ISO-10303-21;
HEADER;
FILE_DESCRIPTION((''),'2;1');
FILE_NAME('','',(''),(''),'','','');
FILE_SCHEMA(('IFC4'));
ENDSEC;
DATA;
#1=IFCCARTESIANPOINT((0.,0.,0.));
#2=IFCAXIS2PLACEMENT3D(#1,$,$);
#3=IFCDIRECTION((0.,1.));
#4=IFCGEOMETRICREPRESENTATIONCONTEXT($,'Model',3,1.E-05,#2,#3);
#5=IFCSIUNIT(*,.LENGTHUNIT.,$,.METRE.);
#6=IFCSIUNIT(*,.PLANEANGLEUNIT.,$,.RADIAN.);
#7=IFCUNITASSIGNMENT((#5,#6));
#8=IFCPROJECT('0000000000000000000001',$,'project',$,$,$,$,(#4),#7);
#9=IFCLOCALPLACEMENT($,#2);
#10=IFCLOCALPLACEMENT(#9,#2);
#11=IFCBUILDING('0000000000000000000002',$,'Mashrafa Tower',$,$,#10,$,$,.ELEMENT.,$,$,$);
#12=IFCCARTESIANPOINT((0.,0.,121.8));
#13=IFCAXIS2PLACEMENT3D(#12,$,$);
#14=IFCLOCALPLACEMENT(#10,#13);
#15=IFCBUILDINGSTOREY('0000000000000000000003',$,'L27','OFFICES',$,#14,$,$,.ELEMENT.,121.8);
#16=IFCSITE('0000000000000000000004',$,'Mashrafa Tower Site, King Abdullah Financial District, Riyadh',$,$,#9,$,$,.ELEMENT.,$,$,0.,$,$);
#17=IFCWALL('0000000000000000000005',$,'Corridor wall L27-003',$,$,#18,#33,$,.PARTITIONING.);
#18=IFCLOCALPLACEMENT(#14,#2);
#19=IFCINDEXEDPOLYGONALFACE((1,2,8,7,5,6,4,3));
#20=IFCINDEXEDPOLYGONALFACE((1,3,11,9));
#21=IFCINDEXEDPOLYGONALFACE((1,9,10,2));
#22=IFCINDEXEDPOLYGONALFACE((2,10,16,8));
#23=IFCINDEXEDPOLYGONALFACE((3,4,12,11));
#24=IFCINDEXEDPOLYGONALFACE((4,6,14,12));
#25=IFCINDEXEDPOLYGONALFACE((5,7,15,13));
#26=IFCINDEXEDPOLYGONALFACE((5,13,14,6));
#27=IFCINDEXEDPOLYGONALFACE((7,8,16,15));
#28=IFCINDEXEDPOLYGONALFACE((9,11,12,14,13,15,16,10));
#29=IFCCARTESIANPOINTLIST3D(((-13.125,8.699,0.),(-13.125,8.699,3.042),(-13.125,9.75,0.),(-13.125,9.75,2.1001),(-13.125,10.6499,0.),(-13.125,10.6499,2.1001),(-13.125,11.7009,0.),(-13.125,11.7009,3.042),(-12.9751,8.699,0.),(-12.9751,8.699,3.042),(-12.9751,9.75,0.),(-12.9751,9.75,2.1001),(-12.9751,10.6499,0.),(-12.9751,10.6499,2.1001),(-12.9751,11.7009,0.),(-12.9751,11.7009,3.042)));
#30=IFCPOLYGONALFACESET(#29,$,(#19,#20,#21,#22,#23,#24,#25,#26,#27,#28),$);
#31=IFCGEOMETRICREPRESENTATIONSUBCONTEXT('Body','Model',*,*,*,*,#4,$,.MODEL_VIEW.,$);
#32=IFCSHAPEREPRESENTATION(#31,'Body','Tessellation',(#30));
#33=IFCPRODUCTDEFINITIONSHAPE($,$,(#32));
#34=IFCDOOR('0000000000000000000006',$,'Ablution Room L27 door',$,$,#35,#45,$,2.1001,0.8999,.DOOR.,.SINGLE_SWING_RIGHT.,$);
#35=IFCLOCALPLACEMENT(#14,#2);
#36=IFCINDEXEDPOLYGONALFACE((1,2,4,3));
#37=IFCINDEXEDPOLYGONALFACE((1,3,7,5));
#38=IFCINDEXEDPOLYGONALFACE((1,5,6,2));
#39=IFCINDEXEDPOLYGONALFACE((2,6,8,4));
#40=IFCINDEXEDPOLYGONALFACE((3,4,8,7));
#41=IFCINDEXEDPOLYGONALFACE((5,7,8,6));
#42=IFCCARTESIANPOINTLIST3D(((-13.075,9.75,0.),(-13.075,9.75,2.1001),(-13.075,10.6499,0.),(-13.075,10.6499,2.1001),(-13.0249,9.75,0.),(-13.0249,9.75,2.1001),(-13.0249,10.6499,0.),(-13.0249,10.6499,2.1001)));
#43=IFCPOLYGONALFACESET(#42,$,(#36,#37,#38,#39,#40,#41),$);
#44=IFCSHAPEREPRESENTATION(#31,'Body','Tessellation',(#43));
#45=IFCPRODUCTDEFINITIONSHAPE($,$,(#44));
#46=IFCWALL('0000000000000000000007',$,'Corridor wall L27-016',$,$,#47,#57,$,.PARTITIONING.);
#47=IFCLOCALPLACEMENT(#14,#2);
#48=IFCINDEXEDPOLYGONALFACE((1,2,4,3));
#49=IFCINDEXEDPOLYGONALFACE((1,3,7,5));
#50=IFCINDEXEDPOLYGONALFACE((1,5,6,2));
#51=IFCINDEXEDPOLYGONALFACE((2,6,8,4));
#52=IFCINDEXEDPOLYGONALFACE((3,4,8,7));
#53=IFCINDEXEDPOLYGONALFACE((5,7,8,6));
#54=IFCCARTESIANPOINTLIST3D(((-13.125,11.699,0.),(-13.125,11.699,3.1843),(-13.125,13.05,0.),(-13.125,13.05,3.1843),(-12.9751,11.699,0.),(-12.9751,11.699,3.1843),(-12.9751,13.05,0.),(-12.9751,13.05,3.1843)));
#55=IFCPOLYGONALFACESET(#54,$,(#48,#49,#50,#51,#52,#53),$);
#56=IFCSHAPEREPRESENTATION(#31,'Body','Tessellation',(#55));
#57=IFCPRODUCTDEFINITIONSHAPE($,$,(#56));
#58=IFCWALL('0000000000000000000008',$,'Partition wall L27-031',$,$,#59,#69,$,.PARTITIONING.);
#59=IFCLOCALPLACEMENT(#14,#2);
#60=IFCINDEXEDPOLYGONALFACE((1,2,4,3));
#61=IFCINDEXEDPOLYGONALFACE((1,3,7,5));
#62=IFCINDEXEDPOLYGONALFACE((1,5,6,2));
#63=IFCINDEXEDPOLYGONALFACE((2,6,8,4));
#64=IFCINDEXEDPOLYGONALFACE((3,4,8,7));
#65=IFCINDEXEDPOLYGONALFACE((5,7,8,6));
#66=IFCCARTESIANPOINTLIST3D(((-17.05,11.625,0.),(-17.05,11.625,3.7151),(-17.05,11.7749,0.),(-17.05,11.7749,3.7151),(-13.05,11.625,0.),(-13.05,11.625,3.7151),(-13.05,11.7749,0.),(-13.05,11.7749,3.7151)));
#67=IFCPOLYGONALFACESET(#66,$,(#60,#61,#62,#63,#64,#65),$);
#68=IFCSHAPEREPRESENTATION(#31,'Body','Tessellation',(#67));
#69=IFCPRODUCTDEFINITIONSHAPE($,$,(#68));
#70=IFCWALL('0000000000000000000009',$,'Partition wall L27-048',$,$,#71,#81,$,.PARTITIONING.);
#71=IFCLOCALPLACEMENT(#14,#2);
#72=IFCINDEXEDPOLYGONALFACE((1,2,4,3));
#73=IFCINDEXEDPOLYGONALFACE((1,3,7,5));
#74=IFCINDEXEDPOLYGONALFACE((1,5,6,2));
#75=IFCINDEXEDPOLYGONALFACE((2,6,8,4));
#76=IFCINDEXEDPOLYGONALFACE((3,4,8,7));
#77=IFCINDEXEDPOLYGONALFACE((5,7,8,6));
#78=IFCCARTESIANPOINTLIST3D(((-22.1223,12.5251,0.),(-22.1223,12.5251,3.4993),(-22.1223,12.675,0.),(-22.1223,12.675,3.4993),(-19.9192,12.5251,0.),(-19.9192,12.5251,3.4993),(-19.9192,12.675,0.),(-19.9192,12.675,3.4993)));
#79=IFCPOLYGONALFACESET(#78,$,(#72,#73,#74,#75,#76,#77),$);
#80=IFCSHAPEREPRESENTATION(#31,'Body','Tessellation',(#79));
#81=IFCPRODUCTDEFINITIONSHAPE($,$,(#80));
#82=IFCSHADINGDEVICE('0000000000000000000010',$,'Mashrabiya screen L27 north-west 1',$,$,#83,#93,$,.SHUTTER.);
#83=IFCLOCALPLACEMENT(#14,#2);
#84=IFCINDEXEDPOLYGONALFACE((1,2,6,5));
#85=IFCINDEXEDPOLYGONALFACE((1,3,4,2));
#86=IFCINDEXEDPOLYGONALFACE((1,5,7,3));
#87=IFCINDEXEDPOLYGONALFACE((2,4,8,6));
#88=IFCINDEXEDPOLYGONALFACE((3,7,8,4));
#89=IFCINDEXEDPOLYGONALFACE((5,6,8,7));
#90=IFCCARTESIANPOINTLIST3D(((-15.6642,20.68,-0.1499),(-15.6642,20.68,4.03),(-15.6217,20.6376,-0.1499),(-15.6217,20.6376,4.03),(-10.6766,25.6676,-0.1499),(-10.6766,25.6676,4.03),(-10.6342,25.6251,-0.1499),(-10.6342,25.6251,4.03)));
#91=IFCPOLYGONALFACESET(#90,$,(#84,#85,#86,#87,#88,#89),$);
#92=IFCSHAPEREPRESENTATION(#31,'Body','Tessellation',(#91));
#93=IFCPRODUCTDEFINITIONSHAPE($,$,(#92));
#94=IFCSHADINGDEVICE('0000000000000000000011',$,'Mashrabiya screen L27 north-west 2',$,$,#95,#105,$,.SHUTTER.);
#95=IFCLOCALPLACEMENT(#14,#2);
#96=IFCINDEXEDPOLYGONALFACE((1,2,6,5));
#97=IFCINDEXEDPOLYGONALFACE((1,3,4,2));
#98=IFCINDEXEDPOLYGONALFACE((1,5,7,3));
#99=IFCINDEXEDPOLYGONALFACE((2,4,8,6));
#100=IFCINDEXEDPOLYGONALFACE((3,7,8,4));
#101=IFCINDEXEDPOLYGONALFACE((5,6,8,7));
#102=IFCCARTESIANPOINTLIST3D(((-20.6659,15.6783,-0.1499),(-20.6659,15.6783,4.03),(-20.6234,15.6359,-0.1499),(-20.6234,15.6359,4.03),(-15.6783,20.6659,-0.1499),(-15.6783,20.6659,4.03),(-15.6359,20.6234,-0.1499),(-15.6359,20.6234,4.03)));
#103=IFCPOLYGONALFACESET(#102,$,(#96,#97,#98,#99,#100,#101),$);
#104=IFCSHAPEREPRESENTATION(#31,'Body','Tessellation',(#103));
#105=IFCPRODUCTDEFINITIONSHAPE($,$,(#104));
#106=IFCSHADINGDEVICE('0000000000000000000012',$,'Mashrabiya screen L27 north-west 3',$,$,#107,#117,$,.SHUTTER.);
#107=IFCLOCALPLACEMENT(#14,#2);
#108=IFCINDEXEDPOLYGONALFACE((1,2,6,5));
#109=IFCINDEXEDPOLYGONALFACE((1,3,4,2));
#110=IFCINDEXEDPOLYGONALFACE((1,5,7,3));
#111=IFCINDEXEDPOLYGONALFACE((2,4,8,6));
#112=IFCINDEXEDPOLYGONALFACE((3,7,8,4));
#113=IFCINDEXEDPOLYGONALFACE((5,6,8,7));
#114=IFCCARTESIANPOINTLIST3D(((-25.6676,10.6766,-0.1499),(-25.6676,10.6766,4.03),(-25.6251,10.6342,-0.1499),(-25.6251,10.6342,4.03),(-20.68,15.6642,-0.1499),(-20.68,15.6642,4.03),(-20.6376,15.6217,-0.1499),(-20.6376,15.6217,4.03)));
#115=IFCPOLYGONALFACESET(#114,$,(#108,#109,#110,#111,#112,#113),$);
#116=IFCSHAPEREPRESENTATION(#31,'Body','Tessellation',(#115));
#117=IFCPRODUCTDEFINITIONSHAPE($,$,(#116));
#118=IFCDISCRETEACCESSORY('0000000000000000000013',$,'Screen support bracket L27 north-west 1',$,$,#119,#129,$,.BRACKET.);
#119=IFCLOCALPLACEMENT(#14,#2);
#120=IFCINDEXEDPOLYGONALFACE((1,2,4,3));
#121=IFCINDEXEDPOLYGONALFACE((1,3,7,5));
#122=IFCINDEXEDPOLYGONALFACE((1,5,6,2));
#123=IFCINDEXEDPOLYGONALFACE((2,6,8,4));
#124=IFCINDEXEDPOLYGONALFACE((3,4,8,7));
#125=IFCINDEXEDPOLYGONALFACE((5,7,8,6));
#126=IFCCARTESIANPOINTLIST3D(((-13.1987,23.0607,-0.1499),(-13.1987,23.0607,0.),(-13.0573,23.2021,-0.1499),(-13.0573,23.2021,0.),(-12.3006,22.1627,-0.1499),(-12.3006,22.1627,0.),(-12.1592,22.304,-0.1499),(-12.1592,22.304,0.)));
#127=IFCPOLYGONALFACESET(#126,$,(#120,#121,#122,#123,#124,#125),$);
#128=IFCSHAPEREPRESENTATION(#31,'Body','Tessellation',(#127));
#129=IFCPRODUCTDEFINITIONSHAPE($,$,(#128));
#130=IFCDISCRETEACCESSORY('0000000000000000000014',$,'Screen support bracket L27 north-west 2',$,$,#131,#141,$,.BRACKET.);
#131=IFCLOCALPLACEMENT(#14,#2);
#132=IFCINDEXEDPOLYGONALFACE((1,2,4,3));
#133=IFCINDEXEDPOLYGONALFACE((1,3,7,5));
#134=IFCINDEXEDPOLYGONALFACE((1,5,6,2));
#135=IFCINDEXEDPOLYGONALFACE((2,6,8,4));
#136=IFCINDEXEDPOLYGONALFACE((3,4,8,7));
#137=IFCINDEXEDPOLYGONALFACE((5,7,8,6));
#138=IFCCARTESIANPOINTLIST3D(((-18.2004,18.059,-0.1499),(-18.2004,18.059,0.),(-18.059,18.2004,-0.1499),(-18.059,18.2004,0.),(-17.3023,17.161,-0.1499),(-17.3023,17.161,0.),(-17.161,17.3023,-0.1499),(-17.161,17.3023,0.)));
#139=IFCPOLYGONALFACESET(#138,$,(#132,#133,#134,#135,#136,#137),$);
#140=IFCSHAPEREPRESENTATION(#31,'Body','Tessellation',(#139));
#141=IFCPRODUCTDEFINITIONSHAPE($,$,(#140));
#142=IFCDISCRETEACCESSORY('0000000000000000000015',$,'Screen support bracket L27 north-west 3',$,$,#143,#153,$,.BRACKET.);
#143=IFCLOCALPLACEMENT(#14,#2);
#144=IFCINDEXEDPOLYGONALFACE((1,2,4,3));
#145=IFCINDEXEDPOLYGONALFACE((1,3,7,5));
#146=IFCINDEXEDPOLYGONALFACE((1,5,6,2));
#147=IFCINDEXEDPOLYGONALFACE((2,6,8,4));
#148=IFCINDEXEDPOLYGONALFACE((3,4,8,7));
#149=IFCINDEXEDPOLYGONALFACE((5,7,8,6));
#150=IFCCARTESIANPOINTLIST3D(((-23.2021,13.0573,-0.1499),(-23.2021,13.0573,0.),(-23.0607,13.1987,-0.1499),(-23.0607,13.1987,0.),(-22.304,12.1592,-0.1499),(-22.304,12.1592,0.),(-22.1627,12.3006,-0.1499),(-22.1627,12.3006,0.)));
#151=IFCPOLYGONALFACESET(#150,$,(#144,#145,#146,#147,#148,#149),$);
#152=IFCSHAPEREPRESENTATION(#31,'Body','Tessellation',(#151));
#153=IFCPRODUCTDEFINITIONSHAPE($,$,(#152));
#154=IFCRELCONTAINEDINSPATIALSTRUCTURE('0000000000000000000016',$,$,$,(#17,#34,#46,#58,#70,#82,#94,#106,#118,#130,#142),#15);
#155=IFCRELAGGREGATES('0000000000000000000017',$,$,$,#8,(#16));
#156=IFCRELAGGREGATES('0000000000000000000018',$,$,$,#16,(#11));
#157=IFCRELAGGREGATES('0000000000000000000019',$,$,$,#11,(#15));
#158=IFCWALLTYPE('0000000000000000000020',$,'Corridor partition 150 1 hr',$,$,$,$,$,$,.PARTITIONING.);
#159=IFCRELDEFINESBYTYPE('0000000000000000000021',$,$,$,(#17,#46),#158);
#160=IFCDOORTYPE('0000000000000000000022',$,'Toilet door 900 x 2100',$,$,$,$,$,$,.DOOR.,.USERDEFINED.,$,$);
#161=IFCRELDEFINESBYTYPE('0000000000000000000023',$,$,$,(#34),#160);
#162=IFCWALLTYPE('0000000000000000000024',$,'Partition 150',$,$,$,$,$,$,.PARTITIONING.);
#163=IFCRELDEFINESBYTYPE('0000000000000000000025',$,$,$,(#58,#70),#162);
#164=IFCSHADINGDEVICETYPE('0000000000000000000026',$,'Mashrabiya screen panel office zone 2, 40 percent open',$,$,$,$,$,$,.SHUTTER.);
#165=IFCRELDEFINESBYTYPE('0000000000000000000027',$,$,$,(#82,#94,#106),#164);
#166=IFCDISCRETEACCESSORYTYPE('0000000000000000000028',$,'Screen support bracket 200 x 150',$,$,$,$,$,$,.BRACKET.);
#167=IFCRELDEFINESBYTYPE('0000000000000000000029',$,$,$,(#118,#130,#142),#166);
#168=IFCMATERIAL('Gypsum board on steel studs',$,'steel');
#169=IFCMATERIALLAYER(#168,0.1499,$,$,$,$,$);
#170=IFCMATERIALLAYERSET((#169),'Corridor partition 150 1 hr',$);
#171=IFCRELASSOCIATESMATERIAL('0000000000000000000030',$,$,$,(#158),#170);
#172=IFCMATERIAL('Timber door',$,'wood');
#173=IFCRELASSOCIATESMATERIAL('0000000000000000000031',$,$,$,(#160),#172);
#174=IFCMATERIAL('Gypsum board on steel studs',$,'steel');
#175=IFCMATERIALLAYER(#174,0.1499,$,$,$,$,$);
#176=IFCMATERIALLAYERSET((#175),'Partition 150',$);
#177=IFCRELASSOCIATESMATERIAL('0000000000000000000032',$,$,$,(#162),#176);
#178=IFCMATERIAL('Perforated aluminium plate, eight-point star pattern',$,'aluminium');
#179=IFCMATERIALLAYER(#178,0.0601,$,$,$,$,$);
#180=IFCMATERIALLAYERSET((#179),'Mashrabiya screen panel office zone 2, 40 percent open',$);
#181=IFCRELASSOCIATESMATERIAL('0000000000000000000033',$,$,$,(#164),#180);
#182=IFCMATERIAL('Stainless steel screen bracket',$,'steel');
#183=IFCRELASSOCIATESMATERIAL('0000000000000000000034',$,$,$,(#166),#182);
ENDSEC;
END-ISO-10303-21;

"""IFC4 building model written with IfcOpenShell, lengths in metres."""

from ifc_helpers import new_model, si_unit, direction, frame, frame_2d, origin, origin_2d, place, context, subcontext, project, spatial, rectangle, extrude, source, transform, mapped, material, layer, layer_set, type_object, type_shapes, element, fill, save


model = new_model("IFC4")

# Units and contexts
model_context = context("Model", 3, precision=1e-05, world=origin(), true_north=direction((0.0, 1.0)))
body_context = subcontext(model_context, "Body", "Model", "MODEL_VIEW")
ifc_project = project(units=[si_unit("LENGTHUNIT", "METRE"), si_unit("PLANEANGLEUNIT", "RADIAN")], contexts=[model_context])

# Site, building, storey
site_placement = place(None, origin())
site = spatial("IfcSite", under=ifc_project, at=site_placement, Name="Mashrafa Tower Site, King Abdullah Financial District, Riyadh", CompositionType="ELEMENT", RefElevation=0.0)
building_placement = place(site_placement, origin())
building = spatial("IfcBuilding", under=site, at=building_placement, Name="Mashrafa Tower", CompositionType="ELEMENT")
storey_placement = place(building_placement, frame((0.0, 0.0, 121.8)))
storey = spatial("IfcBuildingStorey", under=building, at=storey_placement, Name="L27", Description="OFFICES", CompositionType="ELEMENT", Elevation=121.8)

# Wall, opening, door
ifc_material_1 = material(Name="Gypsum board on steel studs", Category="steel")
ifc_layer_1 = layer(ifc_material_1, 0.1499)
ifc_layer_set_1 = layer_set([ifc_layer_1], Name="Corridor partition 150 1 hr")
wall_type_1 = type_object("IfcWallType", Name="Corridor partition 150 1 hr", PredefinedType="PARTITIONING", material=ifc_layer_set_1)
wall_1_placement = place(storey_placement, frame((-13.05, 11.7009, 0.0), z_axis=(0.0, 0.0, 1.0), x_axis=(0.0, -1.0, 0.0)))
wall_1 = element("IfcWall", 1, at=wall_1_placement, inside=storey, type_object=wall_type_1, Name="Corridor wall L27-003", PredefinedType="PARTITIONING", context=body_context, shape_type="SweptSolid", body=[
    extrude(rectangle(XDim=3.002, YDim=0.1499, at=frame_2d((1.501, 0.0))), origin(), (0.0, 0.0, 1.0), 3.042),
])
opening_placement = place(wall_1_placement, frame((1.051, 0.0, 0.0)))
opening = element("IfcOpeningElement", 2, at=opening_placement, cuts=wall_1, PredefinedType="OPENING", context=body_context, shape_type="SweptSolid", body=[
    extrude(rectangle(XDim=0.8999, YDim=2.1001, at=frame_2d((0.45, 1.05))), frame((0.0, 0.085, 0.0), z_axis=(0.0, -1.0, 0.0), x_axis=(1.0, 0.0, 0.0)), (0.0, 0.0, 1.0), 0.1699),
])
ifc_material_2 = material(Name="Timber door", Category="wood")
door_type = type_object("IfcDoorType", Name="Toilet door 900 x 2100", OperationType="USERDEFINED", PredefinedType="DOOR", material=ifc_material_2)
door_placement = place(opening_placement, frame((0.8999, 0.0, 0.0), z_axis=(0.0, 0.0, 1.0), x_axis=(-1.0, 0.0, 0.0)))
door = element("IfcDoor", 3, at=door_placement, inside=storey, type_object=door_type, Name="Ablution Room L27 door", OperationType="SINGLE_SWING_RIGHT", OverallHeight=2.1001, OverallWidth=0.8999, PredefinedType="DOOR", context=body_context, shape_type="SweptSolid", body=[
    extrude(rectangle(XDim=0.8999, YDim=2.1001, at=frame_2d((0.45, 1.05))), frame((0.0, 0.0249, 0.0), z_axis=(0.0, -1.0, 0.0), x_axis=(1.0, 0.0, 0.0)), (0.0, 0.0, 1.0), 0.05),
])
fill(opening, door)

# Walls
wall_2_placement = place(storey_placement, frame((-13.05, 13.05, 0.0), z_axis=(0.0, 0.0, 1.0), x_axis=(0.0, -1.0, 0.0)))
element("IfcWall", 4, at=wall_2_placement, inside=storey, type_object=wall_type_1, Name="Corridor wall L27-016", PredefinedType="PARTITIONING", context=body_context, shape_type="SweptSolid", body=[
    extrude(rectangle(XDim=1.3511, YDim=0.1499, at=frame_2d((0.6755, 0.0))), origin(), (0.0, 0.0, 1.0), 3.1843),
])
ifc_material_3 = material(Name="Gypsum board on steel studs", Category="steel")
ifc_layer_2 = layer(ifc_material_3, 0.1499)
ifc_layer_set_2 = layer_set([ifc_layer_2], Name="Partition 150")
wall_type_2 = type_object("IfcWallType", Name="Partition 150", PredefinedType="PARTITIONING", material=ifc_layer_set_2)
wall_3_placement = place(storey_placement, frame((-13.05, 11.7, 0.0), z_axis=(0.0, 0.0, 1.0), x_axis=(-1.0, 0.0, 0.0)))
element("IfcWall", 5, at=wall_3_placement, inside=storey, type_object=wall_type_2, Name="Partition wall L27-031", PredefinedType="PARTITIONING", context=body_context, shape_type="SweptSolid", body=[
    extrude(rectangle(XDim=4.0, YDim=0.1499, at=frame_2d((2.0, 0.0))), origin(), (0.0, 0.0, 1.0), 3.7151),
])
wall_4_placement = place(storey_placement, frame((-19.9192, 12.6001, 0.0), z_axis=(0.0, 0.0, 1.0), x_axis=(-1.0, 0.0, 0.0)))
element("IfcWall", 6, at=wall_4_placement, inside=storey, type_object=wall_type_2, Name="Partition wall L27-048", PredefinedType="PARTITIONING", context=body_context, shape_type="SweptSolid", body=[
    extrude(rectangle(XDim=2.2031, YDim=0.1499, at=frame_2d((1.1016, 0.0))), origin(), (0.0, 0.0, 1.0), 3.4993),
])

# Shading devices
ifc_material_4 = material(Name="Perforated aluminium plate, eight-point star pattern", Category="aluminium")
ifc_layer_3 = layer(ifc_material_4, 0.0601)
ifc_layer_set_3 = layer_set([ifc_layer_3], Name="Mashrabiya screen panel office zone 2, 40 percent open")
shading_device_type = type_object("IfcShadingDeviceType", Name="Mashrabiya screen panel office zone 2, 40 percent open", PredefinedType="SHUTTER", material=ifc_layer_set_3)
shared_shape_1 = source(origin(), body_context, "Body", "SweptSolid", [
    extrude(rectangle(XDim=7.0535, YDim=0.0601, at=origin_2d()), origin(), (0.0, 0.0, 1.0), 4.1799),
])
type_shapes(shading_device_type, [shared_shape_1])
for number, where, z_axis, x_axis, name in (
    (7, (-13.1492, 23.1526, -0.1499), (0.0, 0.0, 1.0), (-0.707107, -0.707107, 0.0), "Mashrabiya screen L27 north-west 1"),
    (8, (-18.1509, 18.1509, -0.1499), (0.0, 0.0, 1.0), (-0.707107, -0.707107, 0.0), "Mashrabiya screen L27 north-west 2"),
    (9, (-23.1526, 13.1492, -0.1499), (0.0, 0.0, 1.0), (-0.707107, -0.707107, 0.0), "Mashrabiya screen L27 north-west 3"),
):
    element("IfcShadingDevice", number, at=place(storey_placement, frame(where, z_axis=z_axis, x_axis=x_axis)), inside=storey, type_object=shading_device_type, Name=name, PredefinedType="SHUTTER", context=body_context, shape_type="MappedRepresentation", body=[
        mapped(shared_shape_1, transform((0.0, 0.0, 0.0))),
    ])

# Discrete accessories
ifc_material_5 = material(Name="Stainless steel screen bracket", Category="steel")
discrete_accessory_type = type_object("IfcDiscreteAccessoryType", Name="Screen support bracket 200 x 150", PredefinedType="BRACKET", material=ifc_material_5)
shared_shape_2 = source(origin(), body_context, "Body", "SweptSolid", [
    extrude(rectangle(XDim=0.2, YDim=1.27, at=origin_2d()), origin(), (0.0, 0.0, 1.0), 0.1499),
])
type_shapes(discrete_accessory_type, [shared_shape_2])
for number, where, z_axis, x_axis, name in (
    (10, (-12.679, 22.6824, -0.1499), (0.0, 0.0, 1.0), (-0.707107, -0.707107, 0.0), "Screen support bracket L27 north-west 1"),
    (11, (-17.6807, 17.6807, -0.1499), (0.0, 0.0, 1.0), (-0.707107, -0.707107, 0.0), "Screen support bracket L27 north-west 2"),
    (12, (-22.6824, 12.679, -0.1499), (0.0, 0.0, 1.0), (-0.707107, -0.707107, 0.0), "Screen support bracket L27 north-west 3"),
):
    element("IfcDiscreteAccessory", number, at=place(storey_placement, frame(where, z_axis=z_axis, x_axis=x_axis)), inside=storey, type_object=discrete_accessory_type, Name=name, PredefinedType="BRACKET", context=body_context, shape_type="MappedRepresentation", body=[
        mapped(shared_shape_2, transform((0.0, 0.0, 0.0))),
    ])

save(model, "model.ifc")
